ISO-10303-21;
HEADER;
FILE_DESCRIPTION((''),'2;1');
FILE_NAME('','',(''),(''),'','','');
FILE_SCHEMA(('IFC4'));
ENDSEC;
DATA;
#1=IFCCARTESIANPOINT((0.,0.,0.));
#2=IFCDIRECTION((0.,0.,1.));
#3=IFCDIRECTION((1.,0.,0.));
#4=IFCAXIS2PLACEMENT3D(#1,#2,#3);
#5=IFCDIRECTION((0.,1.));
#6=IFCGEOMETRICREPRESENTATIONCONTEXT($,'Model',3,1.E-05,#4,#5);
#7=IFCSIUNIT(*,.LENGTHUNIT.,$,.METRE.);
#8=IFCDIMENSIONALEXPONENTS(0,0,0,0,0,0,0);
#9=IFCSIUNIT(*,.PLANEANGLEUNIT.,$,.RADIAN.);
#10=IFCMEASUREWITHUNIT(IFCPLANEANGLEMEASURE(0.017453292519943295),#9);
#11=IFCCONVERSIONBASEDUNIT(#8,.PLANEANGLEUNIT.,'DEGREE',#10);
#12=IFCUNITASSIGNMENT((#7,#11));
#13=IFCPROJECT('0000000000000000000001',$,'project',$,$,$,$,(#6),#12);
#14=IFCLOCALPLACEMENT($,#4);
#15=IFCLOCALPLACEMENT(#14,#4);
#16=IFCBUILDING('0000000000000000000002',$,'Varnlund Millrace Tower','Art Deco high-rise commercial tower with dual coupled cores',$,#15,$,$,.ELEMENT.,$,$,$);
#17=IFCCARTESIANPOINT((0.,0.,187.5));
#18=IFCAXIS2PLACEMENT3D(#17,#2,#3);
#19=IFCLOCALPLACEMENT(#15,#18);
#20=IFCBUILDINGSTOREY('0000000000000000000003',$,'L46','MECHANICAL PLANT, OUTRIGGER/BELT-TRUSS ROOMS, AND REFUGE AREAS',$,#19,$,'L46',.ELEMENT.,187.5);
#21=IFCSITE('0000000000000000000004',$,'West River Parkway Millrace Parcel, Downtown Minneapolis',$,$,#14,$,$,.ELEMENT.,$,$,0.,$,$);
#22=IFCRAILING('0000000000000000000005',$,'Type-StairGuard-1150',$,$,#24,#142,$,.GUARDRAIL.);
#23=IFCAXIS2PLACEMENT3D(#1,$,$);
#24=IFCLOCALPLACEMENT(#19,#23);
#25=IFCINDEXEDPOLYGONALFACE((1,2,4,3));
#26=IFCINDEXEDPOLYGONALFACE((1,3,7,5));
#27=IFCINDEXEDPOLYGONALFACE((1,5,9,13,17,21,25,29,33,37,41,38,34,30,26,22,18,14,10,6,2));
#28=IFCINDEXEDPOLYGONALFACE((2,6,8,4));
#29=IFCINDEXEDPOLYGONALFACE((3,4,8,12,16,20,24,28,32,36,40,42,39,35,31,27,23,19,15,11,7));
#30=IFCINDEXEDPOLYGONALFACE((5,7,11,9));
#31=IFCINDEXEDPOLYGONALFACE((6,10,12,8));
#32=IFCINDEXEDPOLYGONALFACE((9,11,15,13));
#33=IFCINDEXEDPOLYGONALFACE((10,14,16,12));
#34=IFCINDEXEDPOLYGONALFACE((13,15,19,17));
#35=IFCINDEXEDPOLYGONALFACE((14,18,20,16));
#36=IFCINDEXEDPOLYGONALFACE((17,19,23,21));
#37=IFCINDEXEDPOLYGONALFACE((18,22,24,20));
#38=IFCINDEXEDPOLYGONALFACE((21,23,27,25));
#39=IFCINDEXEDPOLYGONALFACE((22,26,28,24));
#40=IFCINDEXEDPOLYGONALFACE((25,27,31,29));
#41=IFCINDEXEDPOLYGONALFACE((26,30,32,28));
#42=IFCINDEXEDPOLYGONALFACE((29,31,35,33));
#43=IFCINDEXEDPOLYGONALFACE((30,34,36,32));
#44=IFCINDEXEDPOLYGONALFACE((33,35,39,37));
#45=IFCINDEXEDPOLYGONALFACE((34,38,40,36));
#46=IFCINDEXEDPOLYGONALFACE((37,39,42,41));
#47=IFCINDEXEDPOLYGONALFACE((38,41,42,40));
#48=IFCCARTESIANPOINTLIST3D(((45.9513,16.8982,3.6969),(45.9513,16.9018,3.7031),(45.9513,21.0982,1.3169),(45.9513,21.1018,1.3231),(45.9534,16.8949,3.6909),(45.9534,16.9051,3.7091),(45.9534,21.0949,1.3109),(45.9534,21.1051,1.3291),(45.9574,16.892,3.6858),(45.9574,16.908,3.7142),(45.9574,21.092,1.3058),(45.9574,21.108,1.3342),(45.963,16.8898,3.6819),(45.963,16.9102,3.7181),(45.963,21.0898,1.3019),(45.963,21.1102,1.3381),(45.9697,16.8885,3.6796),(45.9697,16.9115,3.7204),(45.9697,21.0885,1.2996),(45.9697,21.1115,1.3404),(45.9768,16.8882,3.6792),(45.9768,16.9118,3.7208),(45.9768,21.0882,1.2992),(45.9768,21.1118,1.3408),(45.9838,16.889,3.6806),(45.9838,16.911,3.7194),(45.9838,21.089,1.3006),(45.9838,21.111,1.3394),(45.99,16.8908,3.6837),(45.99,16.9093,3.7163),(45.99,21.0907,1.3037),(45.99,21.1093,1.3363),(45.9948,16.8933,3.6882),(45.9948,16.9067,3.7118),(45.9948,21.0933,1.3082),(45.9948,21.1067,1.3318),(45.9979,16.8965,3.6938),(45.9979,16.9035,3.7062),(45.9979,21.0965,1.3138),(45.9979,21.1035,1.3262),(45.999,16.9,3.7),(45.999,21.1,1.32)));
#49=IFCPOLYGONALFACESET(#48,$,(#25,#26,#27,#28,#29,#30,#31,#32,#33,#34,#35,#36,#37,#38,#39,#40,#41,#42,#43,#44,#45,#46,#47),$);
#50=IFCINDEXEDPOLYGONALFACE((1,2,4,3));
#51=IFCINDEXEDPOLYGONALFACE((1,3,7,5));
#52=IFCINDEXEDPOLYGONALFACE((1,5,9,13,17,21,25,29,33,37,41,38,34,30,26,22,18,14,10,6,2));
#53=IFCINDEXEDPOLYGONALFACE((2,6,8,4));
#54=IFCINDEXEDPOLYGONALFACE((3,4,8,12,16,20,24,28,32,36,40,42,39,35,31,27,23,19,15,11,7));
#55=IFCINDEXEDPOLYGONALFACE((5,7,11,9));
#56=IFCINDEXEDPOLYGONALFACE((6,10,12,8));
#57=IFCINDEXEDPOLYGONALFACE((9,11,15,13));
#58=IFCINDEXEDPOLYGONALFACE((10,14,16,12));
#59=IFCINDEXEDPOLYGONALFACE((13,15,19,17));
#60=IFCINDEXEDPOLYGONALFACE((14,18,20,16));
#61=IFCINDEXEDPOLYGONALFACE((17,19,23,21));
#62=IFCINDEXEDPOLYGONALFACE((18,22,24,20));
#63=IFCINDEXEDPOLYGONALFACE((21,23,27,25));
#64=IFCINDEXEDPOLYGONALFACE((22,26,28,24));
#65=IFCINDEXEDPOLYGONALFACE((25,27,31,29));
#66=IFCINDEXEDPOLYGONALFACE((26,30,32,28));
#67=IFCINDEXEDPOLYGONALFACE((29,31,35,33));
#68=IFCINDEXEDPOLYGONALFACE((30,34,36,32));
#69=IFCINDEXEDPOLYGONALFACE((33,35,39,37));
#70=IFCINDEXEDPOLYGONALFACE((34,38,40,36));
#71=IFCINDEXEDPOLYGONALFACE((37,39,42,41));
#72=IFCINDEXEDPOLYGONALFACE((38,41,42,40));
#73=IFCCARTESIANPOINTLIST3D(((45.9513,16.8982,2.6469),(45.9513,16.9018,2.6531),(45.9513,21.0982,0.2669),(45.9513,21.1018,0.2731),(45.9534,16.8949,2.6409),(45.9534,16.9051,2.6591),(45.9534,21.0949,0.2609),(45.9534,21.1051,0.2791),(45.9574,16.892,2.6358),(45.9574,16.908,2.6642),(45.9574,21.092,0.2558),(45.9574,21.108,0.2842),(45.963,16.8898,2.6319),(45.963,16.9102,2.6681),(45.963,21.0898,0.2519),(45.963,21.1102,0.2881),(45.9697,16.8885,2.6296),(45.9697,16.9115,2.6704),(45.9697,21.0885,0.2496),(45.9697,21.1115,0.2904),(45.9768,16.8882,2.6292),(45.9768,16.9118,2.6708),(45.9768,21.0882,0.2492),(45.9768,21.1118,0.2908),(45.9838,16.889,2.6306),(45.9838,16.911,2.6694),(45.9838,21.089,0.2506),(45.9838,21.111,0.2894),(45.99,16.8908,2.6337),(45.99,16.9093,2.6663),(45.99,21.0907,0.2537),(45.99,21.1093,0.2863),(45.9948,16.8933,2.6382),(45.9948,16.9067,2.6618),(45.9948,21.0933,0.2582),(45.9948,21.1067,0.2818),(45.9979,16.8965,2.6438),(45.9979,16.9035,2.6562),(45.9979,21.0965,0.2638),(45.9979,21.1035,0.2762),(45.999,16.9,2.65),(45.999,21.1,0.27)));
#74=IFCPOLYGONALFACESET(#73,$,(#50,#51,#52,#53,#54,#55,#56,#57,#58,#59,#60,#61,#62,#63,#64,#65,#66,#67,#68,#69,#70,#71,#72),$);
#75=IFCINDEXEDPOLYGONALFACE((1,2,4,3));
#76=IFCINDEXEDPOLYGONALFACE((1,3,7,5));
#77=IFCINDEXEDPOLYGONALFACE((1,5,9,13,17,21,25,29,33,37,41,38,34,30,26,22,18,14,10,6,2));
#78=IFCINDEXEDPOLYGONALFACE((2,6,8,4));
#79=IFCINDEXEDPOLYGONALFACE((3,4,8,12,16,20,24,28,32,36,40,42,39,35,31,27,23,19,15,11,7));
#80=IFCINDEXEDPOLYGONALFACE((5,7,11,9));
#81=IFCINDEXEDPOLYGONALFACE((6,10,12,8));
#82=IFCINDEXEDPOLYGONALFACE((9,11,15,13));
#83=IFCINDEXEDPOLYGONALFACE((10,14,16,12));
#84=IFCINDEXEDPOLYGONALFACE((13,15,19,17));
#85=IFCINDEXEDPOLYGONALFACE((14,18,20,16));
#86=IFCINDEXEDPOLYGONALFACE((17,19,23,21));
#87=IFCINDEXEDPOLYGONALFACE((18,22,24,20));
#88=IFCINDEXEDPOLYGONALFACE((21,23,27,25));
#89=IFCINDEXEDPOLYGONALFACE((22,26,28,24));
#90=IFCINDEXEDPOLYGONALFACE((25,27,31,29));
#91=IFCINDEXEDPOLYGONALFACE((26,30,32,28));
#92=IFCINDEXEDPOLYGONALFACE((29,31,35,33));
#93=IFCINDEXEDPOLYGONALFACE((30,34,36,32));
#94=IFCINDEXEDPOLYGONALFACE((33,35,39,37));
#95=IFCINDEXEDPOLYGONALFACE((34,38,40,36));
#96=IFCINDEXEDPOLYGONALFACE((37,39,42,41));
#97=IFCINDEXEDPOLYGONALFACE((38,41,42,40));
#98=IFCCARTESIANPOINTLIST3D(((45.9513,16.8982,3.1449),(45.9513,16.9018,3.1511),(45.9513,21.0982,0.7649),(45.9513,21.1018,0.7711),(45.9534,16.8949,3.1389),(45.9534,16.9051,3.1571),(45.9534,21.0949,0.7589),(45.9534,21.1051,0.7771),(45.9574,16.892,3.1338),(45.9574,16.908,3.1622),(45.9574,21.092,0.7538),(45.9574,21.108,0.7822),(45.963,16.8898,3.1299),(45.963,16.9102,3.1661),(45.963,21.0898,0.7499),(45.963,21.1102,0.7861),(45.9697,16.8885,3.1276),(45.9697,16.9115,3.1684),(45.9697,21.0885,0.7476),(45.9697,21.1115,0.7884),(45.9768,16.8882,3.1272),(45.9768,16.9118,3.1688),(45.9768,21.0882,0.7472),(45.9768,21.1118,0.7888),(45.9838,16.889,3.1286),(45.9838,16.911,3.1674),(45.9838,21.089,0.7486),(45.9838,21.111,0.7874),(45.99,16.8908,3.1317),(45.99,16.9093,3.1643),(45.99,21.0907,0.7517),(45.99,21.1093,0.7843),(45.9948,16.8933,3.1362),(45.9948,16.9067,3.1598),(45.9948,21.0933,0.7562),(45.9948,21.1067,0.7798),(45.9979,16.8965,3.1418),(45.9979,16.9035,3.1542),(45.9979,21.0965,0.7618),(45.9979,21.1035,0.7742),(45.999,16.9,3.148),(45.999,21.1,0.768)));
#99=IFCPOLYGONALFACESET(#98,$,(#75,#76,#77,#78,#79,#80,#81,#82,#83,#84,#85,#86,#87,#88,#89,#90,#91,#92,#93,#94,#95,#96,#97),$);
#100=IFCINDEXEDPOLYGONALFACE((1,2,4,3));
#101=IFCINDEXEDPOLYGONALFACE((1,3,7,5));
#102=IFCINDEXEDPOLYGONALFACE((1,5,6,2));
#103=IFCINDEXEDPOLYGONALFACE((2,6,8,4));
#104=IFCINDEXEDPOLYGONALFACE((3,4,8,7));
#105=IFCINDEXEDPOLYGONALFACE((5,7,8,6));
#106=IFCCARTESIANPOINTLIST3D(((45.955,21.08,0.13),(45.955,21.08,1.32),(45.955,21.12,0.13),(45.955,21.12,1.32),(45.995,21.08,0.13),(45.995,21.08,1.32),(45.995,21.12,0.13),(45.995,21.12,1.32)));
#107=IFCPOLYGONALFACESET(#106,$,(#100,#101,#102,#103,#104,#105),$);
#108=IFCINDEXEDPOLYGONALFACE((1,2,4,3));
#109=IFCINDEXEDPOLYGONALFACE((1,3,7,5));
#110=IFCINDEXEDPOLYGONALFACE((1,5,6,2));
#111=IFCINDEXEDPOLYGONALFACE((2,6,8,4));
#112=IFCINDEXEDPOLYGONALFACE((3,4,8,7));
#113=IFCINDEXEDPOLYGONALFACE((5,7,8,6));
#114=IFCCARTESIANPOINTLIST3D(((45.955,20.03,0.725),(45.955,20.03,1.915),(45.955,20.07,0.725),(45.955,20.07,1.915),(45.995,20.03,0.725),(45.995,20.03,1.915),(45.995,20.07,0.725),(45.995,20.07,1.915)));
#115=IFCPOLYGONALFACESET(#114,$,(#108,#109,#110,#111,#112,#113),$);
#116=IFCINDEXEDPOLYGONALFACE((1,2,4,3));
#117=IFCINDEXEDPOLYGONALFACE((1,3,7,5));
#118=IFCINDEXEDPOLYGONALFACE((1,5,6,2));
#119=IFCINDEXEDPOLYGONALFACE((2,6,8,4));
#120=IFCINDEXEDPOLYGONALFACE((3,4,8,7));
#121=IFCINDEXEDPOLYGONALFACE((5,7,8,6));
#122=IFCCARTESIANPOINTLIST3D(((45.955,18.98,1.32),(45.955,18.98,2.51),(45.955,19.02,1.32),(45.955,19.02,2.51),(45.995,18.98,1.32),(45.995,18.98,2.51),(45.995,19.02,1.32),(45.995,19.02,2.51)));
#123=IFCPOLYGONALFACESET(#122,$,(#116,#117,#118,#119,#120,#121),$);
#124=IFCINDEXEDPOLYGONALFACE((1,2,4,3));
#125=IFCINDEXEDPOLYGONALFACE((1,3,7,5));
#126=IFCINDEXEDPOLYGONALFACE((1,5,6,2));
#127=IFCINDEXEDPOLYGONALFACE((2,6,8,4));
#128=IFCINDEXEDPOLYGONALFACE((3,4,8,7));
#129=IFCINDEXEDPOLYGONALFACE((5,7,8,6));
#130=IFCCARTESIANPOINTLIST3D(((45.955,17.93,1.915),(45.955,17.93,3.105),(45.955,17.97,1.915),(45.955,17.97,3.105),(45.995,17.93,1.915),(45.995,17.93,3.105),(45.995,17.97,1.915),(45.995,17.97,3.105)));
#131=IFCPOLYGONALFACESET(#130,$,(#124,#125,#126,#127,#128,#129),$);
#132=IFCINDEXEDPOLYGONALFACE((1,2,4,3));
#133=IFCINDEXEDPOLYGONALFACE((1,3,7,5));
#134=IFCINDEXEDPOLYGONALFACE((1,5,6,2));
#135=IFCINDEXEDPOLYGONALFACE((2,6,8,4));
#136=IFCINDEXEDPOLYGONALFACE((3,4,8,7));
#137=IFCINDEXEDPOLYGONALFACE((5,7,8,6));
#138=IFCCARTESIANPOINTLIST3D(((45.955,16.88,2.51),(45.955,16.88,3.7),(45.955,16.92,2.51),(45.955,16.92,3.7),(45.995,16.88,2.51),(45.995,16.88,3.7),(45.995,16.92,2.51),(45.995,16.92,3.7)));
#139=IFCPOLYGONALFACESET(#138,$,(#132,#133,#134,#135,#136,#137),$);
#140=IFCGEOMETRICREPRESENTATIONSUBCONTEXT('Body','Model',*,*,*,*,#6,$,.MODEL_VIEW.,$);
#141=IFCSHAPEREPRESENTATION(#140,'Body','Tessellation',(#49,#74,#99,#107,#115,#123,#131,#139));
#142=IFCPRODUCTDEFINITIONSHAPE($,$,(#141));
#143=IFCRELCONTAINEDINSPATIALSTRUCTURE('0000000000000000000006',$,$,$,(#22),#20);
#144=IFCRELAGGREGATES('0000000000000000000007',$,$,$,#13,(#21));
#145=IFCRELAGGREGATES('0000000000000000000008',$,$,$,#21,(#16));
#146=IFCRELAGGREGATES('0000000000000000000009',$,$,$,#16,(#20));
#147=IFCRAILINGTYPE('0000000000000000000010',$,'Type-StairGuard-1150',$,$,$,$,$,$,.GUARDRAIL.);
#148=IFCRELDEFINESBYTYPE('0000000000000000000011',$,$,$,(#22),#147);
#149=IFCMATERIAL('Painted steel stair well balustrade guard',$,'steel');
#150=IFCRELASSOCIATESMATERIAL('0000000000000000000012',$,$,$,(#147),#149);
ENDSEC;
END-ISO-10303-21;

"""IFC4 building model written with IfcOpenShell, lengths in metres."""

from ifc_helpers import new_model, entity, si_unit, converted_unit, direction, frame, origin_with_axes, origin_2d_with_axis, place, context, subcontext, project, spatial, rectangle, circle, extrude, material, type_object, element, save


model = new_model("IFC4")

# Units and contexts
model_context = context("Model", 3, precision=1e-05, world=origin_with_axes(), true_north=direction((0.0, 1.0)))
body_context = subcontext(model_context, "Body", "Model", "MODEL_VIEW")
ifc_project = project(units=[si_unit("LENGTHUNIT", "METRE"), converted_unit("PLANEANGLEUNIT", "DEGREE", entity("IfcPlaneAngleMeasure", 0.017453292519943295), si_unit("PLANEANGLEUNIT", "RADIAN"), dimensions=[0, 0, 0, 0, 0, 0, 0])], contexts=[model_context])

# Site, building, storey
site_placement = place(None, origin_with_axes())
site = spatial("IfcSite", under=ifc_project, at=site_placement, Name="West River Parkway Millrace Parcel, Downtown Minneapolis", CompositionType="ELEMENT", RefElevation=0.0)
building_placement = place(site_placement, origin_with_axes())
building = spatial("IfcBuilding", under=site, at=building_placement, Name="Varnlund Millrace Tower", Description="Art Deco high-rise commercial tower with dual coupled cores", CompositionType="ELEMENT")
storey_placement = place(building_placement, frame((0.0, 0.0, 187.5), z_axis=(0.0, 0.0, 1.0), x_axis=(1.0, 0.0, 0.0)))
storey = spatial("IfcBuildingStorey", under=building, at=storey_placement, Name="L46", Description="MECHANICAL PLANT, OUTRIGGER/BELT-TRUSS ROOMS, AND REFUGE AREAS", LongName="L46", CompositionType="ELEMENT", Elevation=187.5)

# Railing
ifc_material_1 = material(Name="Painted steel stair well balustrade guard", Category="steel")
railing_type_1 = type_object("IfcRailingType", Name="Type-StairGuard-1150", PredefinedType="GUARDRAIL", material=ifc_material_1)
railing_1_placement = place(storey_placement, frame((0.0, 0.0, -187.5), z_axis=(0.0, 0.0, 1.0), x_axis=(1.0, 0.0, 0.0)))
element("IfcRailing", 1, at=railing_1_placement, inside=storey, type_object=railing_type_1, Name="Type-StairGuard-1150", PredefinedType="GUARDRAIL", context=body_context, shape_type="SweptSolid", body=[
    extrude(circle(Radius=0.024, at=origin_2d_with_axis()), frame((45.975, 21.1, 188.82), z_axis=(0.0, -0.870022, 0.493013), x_axis=(1.0, 0.0, 0.0)), (0.0, 0.0, 1.0), 4.8275),
    extrude(circle(Radius=0.024, at=origin_2d_with_axis()), frame((45.975, 21.1, 187.77), z_axis=(0.0, -0.870022, 0.493013), x_axis=(1.0, 0.0, 0.0)), (0.0, 0.0, 1.0), 4.8275),
    extrude(circle(Radius=0.024, at=origin_2d_with_axis()), frame((45.975, 21.1, 188.268), z_axis=(0.0, -0.870022, 0.493013), x_axis=(1.0, 0.0, 0.0)), (0.0, 0.0, 1.0), 4.8275),
    extrude(rectangle(XDim=0.04, YDim=0.04, at=origin_2d_with_axis()), frame((45.975, 21.1, 187.63), z_axis=(0.0, 0.0, 1.0), x_axis=(1.0, 0.0, 0.0)), (0.0, 0.0, 1.0), 1.19),
    extrude(rectangle(XDim=0.04, YDim=0.04, at=origin_2d_with_axis()), frame((45.975, 20.05, 188.225), z_axis=(0.0, 0.0, 1.0), x_axis=(1.0, 0.0, 0.0)), (0.0, 0.0, 1.0), 1.19),
    extrude(rectangle(XDim=0.04, YDim=0.04, at=origin_2d_with_axis()), frame((45.975, 19.0, 188.82), z_axis=(0.0, 0.0, 1.0), x_axis=(1.0, 0.0, 0.0)), (0.0, 0.0, 1.0), 1.19),
    extrude(rectangle(XDim=0.04, YDim=0.04, at=origin_2d_with_axis()), frame((45.975, 17.95, 189.415), z_axis=(0.0, 0.0, 1.0), x_axis=(1.0, 0.0, 0.0)), (0.0, 0.0, 1.0), 1.19),
    extrude(rectangle(XDim=0.04, YDim=0.04, at=origin_2d_with_axis()), frame((45.975, 16.9, 190.01), z_axis=(0.0, 0.0, 1.0), x_axis=(1.0, 0.0, 0.0)), (0.0, 0.0, 1.0), 1.19),
])

save(model, "model.ifc")
